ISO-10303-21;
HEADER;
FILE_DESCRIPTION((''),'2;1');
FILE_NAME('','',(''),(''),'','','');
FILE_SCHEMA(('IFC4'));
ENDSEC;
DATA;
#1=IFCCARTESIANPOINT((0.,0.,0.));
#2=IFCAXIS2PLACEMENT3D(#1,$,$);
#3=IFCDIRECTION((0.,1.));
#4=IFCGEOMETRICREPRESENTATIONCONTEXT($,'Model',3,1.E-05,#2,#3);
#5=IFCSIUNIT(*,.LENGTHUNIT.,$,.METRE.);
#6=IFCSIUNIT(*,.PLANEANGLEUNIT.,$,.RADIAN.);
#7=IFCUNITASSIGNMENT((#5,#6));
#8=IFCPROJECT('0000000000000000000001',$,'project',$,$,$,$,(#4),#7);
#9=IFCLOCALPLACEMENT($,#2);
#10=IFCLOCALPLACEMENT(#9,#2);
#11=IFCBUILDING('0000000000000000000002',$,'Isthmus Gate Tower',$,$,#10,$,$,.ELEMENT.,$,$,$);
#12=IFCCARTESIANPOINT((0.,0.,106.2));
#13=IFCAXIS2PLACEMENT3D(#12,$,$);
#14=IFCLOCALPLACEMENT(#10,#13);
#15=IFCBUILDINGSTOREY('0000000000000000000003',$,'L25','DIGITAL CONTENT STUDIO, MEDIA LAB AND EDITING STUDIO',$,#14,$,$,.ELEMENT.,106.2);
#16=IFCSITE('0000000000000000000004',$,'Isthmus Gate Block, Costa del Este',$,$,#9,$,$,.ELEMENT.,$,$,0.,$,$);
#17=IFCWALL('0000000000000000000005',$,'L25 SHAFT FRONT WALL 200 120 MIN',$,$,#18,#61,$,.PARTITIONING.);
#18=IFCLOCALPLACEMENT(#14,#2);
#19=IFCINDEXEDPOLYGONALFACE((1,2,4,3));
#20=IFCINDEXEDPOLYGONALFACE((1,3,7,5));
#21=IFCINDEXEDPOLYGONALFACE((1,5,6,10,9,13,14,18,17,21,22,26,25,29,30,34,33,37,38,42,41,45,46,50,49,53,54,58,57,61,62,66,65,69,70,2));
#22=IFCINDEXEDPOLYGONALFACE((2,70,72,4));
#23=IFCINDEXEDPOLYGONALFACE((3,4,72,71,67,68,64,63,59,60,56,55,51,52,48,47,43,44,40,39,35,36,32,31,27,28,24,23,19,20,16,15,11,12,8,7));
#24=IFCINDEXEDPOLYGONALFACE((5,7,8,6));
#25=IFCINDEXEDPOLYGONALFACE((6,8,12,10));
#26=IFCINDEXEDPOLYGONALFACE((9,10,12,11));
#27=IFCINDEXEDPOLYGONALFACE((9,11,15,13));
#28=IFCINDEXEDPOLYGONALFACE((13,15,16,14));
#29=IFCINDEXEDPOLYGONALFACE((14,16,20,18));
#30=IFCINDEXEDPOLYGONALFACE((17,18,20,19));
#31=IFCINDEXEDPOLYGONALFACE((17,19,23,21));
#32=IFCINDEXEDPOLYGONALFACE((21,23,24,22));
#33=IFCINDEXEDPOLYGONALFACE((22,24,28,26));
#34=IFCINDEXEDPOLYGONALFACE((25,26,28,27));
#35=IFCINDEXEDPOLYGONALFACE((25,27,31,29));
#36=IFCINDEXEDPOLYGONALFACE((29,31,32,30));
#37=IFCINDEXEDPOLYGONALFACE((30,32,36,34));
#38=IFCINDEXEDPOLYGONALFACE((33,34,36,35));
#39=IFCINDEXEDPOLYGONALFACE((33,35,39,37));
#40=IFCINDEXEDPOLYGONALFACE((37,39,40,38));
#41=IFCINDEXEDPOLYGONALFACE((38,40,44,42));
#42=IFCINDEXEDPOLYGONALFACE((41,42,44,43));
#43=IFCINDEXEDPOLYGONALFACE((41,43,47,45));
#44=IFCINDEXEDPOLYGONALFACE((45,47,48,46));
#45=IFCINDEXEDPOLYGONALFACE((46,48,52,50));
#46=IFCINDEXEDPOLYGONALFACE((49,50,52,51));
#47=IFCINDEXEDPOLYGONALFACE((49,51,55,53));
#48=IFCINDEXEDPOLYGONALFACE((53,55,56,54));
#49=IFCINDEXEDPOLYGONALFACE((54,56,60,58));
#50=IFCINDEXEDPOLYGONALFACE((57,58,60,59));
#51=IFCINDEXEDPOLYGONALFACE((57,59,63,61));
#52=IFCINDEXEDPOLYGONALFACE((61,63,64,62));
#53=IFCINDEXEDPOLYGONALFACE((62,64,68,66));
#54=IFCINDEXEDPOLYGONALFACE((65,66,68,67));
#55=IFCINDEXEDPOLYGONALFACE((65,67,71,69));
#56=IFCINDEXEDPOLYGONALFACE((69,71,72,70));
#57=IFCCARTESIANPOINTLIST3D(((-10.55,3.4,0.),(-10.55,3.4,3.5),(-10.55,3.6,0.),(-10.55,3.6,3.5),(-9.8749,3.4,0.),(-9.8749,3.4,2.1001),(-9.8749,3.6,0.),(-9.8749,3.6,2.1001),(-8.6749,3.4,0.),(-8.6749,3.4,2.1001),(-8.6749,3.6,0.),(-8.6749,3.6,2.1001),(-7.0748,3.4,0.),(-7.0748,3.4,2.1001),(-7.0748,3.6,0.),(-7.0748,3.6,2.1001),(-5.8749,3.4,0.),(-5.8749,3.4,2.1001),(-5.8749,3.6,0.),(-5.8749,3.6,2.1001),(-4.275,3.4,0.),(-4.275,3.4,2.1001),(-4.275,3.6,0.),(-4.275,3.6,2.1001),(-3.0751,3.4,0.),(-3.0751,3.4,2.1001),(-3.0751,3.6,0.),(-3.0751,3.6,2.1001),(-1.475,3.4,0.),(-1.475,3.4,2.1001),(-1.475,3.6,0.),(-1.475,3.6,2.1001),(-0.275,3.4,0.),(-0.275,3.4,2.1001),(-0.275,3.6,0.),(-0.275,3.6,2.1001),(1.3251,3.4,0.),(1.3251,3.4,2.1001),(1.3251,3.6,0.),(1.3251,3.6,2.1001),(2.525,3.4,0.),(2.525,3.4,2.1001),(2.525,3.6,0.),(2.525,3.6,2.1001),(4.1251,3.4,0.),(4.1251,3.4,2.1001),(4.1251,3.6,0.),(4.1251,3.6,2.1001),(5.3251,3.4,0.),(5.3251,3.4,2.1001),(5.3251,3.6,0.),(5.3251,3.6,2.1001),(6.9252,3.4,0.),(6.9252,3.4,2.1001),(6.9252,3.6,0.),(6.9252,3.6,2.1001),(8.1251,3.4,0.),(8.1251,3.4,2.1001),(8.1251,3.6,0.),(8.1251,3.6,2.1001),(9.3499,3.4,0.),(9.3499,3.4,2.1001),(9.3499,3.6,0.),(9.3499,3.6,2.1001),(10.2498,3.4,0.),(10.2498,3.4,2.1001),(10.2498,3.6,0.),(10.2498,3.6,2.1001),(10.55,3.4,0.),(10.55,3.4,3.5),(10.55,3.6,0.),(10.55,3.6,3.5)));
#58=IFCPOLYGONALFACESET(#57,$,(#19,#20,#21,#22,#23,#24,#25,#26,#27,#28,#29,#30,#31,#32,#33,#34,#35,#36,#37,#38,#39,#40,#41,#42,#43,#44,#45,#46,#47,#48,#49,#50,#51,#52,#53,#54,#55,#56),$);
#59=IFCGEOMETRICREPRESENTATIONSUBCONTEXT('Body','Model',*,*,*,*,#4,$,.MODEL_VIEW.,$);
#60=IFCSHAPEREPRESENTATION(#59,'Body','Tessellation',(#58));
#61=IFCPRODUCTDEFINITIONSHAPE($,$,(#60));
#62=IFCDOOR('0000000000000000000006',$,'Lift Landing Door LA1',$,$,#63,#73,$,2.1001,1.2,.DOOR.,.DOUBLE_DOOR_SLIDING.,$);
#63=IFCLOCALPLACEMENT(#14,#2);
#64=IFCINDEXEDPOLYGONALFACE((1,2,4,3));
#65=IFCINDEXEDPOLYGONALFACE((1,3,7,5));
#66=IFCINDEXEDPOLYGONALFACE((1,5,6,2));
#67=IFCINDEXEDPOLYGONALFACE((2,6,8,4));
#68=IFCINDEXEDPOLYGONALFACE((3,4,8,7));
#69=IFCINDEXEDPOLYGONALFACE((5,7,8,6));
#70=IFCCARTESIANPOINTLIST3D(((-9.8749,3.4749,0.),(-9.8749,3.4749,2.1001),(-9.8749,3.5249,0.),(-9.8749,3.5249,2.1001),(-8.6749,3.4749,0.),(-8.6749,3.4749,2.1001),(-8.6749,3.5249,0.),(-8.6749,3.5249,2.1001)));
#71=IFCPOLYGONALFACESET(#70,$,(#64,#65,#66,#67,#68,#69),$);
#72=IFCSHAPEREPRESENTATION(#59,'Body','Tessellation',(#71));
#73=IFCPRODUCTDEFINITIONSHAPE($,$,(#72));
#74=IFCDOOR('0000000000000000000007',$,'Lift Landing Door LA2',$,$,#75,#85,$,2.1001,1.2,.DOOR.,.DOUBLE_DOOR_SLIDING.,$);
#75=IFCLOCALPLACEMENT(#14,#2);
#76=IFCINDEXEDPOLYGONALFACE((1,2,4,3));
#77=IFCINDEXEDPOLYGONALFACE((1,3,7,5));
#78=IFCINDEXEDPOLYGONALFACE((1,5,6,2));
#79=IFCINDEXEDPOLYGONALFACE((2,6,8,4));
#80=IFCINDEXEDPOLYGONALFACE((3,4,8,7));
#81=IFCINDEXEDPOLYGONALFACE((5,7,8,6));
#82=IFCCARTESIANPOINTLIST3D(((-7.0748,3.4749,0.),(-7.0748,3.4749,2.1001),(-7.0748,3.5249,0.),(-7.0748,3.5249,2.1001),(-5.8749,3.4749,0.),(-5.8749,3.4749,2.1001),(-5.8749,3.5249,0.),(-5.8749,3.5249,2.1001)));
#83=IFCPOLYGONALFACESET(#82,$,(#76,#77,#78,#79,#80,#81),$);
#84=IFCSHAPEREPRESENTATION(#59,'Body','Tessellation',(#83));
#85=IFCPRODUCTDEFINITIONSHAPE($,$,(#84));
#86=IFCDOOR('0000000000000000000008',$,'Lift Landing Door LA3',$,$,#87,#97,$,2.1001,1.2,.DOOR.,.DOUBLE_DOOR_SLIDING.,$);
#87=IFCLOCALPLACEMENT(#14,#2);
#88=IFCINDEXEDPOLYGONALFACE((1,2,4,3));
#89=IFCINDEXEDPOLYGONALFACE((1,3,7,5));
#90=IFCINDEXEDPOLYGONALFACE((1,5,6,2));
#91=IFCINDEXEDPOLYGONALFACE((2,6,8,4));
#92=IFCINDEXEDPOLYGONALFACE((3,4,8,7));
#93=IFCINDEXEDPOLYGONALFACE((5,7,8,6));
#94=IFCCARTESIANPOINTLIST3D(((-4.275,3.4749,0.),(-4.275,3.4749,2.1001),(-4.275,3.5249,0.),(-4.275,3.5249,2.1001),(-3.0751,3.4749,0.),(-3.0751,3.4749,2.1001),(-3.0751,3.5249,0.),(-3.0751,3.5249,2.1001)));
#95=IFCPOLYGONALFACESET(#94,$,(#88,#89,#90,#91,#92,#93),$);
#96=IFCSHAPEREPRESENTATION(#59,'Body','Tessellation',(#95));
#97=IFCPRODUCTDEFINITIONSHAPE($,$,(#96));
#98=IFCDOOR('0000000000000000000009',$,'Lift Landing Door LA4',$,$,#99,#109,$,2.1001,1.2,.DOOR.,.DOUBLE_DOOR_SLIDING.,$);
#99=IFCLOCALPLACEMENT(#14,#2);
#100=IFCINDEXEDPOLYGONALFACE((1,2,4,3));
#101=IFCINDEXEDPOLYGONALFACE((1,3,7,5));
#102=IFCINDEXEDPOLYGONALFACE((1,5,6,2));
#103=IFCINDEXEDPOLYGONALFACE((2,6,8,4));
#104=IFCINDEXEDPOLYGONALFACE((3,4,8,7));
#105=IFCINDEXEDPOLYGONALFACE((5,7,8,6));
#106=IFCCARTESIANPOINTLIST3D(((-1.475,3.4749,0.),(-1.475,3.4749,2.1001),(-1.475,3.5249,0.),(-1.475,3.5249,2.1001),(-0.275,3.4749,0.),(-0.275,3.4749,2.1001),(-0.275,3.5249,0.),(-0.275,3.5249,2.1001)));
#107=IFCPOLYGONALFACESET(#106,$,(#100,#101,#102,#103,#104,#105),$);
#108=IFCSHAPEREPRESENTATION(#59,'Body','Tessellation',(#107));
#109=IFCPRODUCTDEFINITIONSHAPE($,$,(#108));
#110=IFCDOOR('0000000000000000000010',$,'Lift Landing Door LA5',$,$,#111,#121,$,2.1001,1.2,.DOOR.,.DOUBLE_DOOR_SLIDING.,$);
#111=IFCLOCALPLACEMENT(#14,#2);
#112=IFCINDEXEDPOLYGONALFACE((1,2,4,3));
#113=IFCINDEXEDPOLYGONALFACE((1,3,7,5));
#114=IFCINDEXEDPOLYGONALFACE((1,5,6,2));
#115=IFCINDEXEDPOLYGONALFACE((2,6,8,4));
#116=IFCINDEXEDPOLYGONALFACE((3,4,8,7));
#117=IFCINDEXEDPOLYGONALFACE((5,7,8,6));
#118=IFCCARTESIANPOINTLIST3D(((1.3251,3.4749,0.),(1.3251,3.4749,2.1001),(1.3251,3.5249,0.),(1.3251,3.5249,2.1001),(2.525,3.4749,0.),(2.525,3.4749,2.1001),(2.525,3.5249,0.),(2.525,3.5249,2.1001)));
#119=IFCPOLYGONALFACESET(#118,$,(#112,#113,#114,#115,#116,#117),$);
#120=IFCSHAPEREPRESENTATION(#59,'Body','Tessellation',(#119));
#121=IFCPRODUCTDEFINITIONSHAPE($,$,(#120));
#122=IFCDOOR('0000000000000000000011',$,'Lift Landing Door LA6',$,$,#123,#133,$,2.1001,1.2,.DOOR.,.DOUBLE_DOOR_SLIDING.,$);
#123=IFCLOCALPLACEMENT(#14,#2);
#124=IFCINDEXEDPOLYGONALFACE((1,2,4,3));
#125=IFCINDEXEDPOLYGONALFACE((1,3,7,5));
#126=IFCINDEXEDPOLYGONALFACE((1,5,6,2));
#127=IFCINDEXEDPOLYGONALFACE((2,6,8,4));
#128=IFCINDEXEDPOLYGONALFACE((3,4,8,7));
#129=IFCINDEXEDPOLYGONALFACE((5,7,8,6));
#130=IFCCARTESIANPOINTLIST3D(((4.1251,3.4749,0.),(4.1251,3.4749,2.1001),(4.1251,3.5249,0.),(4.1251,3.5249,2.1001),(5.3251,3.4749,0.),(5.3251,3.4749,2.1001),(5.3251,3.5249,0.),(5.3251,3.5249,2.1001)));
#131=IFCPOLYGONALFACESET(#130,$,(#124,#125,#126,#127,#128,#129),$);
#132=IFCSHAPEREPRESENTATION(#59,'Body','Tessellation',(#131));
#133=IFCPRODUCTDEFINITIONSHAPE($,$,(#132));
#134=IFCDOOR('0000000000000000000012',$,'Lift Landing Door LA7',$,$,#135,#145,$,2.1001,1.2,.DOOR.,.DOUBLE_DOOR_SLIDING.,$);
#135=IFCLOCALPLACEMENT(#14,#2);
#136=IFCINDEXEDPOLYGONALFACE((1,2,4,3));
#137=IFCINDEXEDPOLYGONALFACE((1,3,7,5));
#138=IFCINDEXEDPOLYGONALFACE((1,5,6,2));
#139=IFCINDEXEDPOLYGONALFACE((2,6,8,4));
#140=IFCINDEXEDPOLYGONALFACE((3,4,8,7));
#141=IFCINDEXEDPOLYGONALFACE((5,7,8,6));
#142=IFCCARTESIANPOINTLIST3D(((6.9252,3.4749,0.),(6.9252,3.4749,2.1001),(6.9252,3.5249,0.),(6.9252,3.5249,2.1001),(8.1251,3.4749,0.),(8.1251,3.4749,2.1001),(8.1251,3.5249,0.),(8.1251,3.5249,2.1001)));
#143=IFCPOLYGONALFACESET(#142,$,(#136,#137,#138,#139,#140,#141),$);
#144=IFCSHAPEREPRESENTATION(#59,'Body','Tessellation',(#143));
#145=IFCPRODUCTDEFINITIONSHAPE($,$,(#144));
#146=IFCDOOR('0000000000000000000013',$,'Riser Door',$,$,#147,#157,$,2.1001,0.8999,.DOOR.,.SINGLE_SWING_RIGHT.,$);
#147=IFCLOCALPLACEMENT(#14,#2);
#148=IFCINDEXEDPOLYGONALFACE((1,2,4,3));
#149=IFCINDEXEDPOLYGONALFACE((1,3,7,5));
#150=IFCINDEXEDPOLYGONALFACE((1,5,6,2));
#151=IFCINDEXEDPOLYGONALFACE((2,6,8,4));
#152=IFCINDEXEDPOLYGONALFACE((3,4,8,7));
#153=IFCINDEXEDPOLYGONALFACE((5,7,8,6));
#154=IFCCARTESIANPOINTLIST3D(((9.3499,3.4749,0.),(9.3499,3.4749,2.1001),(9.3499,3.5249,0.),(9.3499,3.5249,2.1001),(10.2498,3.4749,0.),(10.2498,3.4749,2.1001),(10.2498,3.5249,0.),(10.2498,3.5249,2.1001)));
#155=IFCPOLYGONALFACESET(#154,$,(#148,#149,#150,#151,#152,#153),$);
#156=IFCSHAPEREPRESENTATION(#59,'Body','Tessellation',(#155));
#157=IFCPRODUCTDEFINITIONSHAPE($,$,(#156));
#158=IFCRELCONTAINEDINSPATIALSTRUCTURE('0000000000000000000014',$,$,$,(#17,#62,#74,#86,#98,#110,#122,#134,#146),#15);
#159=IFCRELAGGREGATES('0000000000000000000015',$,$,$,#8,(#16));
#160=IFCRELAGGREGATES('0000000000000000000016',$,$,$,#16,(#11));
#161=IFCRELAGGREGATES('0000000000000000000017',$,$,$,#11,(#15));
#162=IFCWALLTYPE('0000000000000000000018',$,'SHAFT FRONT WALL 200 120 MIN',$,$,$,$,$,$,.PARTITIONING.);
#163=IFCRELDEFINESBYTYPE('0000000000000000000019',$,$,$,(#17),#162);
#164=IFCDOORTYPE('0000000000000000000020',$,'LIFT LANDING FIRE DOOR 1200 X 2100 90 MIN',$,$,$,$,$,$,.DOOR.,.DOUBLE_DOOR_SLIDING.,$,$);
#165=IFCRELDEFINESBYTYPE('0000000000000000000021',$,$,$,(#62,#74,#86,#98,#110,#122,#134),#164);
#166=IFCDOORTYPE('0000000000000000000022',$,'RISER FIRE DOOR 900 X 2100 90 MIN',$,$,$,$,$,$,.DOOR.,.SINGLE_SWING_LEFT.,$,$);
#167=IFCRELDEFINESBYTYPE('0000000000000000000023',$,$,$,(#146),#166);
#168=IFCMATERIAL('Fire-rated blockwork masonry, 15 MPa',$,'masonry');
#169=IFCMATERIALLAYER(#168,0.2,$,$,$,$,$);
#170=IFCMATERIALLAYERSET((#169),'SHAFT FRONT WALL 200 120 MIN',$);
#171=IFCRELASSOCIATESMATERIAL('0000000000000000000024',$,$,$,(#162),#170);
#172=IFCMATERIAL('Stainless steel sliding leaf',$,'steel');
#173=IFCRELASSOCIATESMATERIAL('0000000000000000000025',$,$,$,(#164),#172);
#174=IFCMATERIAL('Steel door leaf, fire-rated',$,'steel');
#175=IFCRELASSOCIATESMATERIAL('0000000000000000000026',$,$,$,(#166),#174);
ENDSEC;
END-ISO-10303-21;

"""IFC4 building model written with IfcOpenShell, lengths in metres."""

from ifc_helpers import new_model, si_unit, direction, frame, frame_2d, origin, place, context, subcontext, project, spatial, rectangle, extrude, material, layer, layer_set, type_object, element, fill, save


model = new_model("IFC4")

# Units and contexts
model_context = context("Model", 3, precision=1e-05, world=origin(), true_north=direction((0.0, 1.0)))
body_context = subcontext(model_context, "Body", "Model", "MODEL_VIEW")
ifc_project = project(units=[si_unit("LENGTHUNIT", "METRE"), si_unit("PLANEANGLEUNIT", "RADIAN")], contexts=[model_context])

# Site, building, storey
site_placement = place(None, origin())
site = spatial("IfcSite", under=ifc_project, at=site_placement, Name="Isthmus Gate Block, Costa del Este", CompositionType="ELEMENT", RefElevation=0.0)
building_placement = place(site_placement, origin())
building = spatial("IfcBuilding", under=site, at=building_placement, Name="Isthmus Gate Tower", CompositionType="ELEMENT")
storey_placement = place(building_placement, frame((0.0, 0.0, 106.2)))
storey = spatial("IfcBuildingStorey", under=building, at=storey_placement, Name="L25", Description="DIGITAL CONTENT STUDIO, MEDIA LAB AND EDITING STUDIO", CompositionType="ELEMENT", Elevation=106.2)

# Wall, openings, doors
ifc_material_1 = material(Name="Fire-rated blockwork masonry, 15 MPa", Category="masonry")
ifc_layer_1 = layer(ifc_material_1, 0.2)
ifc_layer_set_1 = layer_set([ifc_layer_1], Name="SHAFT FRONT WALL 200 120 MIN")
wall_type_1 = type_object("IfcWallType", Name="SHAFT FRONT WALL 200 120 MIN", PredefinedType="PARTITIONING", material=ifc_layer_set_1)
wall_1_placement = place(storey_placement, frame((-10.55, 3.5, 0.0), z_axis=(0.0, 0.0, 1.0), x_axis=(1.0, 0.0, 0.0)))
wall_1 = element("IfcWall", 1, at=wall_1_placement, inside=storey, type_object=wall_type_1, Name="L25 SHAFT FRONT WALL 200 120 MIN", PredefinedType="PARTITIONING", context=body_context, shape_type="SweptSolid", body=[
    extrude(rectangle(XDim=21.1001, YDim=0.2, at=frame_2d((10.55, 0.0))), origin(), (0.0, 0.0, 1.0), 3.5),
])
opening_1_placement = place(wall_1_placement, frame((0.675, 0.0, 0.0)))
opening_1 = element("IfcOpeningElement", 2, at=opening_1_placement, cuts=wall_1, PredefinedType="OPENING", context=body_context, shape_type="SweptSolid", body=[
    extrude(rectangle(XDim=1.2, YDim=2.1001, at=frame_2d((0.6001, 1.05))), frame((0.0, 0.1099, 0.0), z_axis=(0.0, -1.0, 0.0), x_axis=(1.0, 0.0, 0.0)), (0.0, 0.0, 1.0), 0.22),
])
opening_2_placement = place(wall_1_placement, frame((3.4751, 0.0, 0.0)))
opening_2 = element("IfcOpeningElement", 3, at=opening_2_placement, cuts=wall_1, PredefinedType="OPENING", context=body_context, shape_type="SweptSolid", body=[
    extrude(rectangle(XDim=1.2, YDim=2.1001, at=frame_2d((0.6001, 1.05))), frame((0.0, 0.1099, 0.0), z_axis=(0.0, -1.0, 0.0), x_axis=(1.0, 0.0, 0.0)), (0.0, 0.0, 1.0), 0.22),
])
opening_3_placement = place(wall_1_placement, frame((6.2749, 0.0, 0.0)))
opening_3 = element("IfcOpeningElement", 4, at=opening_3_placement, cuts=wall_1, PredefinedType="OPENING", context=body_context, shape_type="SweptSolid", body=[
    extrude(rectangle(XDim=1.2, YDim=2.1001, at=frame_2d((0.6001, 1.05))), frame((0.0, 0.1099, 0.0), z_axis=(0.0, -1.0, 0.0), x_axis=(1.0, 0.0, 0.0)), (0.0, 0.0, 1.0), 0.22),
])
opening_4_placement = place(wall_1_placement, frame((9.075, 0.0, 0.0)))
opening_4 = element("IfcOpeningElement", 5, at=opening_4_placement, cuts=wall_1, PredefinedType="OPENING", context=body_context, shape_type="SweptSolid", body=[
    extrude(rectangle(XDim=1.2, YDim=2.1001, at=frame_2d((0.6001, 1.05))), frame((0.0, 0.1099, 0.0), z_axis=(0.0, -1.0, 0.0), x_axis=(1.0, 0.0, 0.0)), (0.0, 0.0, 1.0), 0.22),
])
opening_5_placement = place(wall_1_placement, frame((11.875, 0.0, 0.0)))
opening_5 = element("IfcOpeningElement", 6, at=opening_5_placement, cuts=wall_1, PredefinedType="OPENING", context=body_context, shape_type="SweptSolid", body=[
    extrude(rectangle(XDim=1.2, YDim=2.1001, at=frame_2d((0.6001, 1.05))), frame((0.0, 0.1099, 0.0), z_axis=(0.0, -1.0, 0.0), x_axis=(1.0, 0.0, 0.0)), (0.0, 0.0, 1.0), 0.22),
])
opening_6_placement = place(wall_1_placement, frame((14.675, 0.0, 0.0)))
opening_6 = element("IfcOpeningElement", 7, at=opening_6_placement, cuts=wall_1, PredefinedType="OPENING", context=body_context, shape_type="SweptSolid", body=[
    extrude(rectangle(XDim=1.2, YDim=2.1001, at=frame_2d((0.6001, 1.05))), frame((0.0, 0.1099, 0.0), z_axis=(0.0, -1.0, 0.0), x_axis=(1.0, 0.0, 0.0)), (0.0, 0.0, 1.0), 0.22),
])
opening_7_placement = place(wall_1_placement, frame((17.4751, 0.0, 0.0)))
opening_7 = element("IfcOpeningElement", 8, at=opening_7_placement, cuts=wall_1, PredefinedType="OPENING", context=body_context, shape_type="SweptSolid", body=[
    extrude(rectangle(XDim=1.2, YDim=2.1001, at=frame_2d((0.6001, 1.05))), frame((0.0, 0.1099, 0.0), z_axis=(0.0, -1.0, 0.0), x_axis=(1.0, 0.0, 0.0)), (0.0, 0.0, 1.0), 0.22),
])
opening_8_placement = place(wall_1_placement, frame((19.8999, 0.0, 0.0)))
opening_8 = element("IfcOpeningElement", 9, at=opening_8_placement, cuts=wall_1, PredefinedType="OPENING", context=body_context, shape_type="SweptSolid", body=[
    extrude(rectangle(XDim=0.8999, YDim=2.1001, at=frame_2d((0.45, 1.05))), frame((0.0, 0.1099, 0.0), z_axis=(0.0, -1.0, 0.0), x_axis=(1.0, 0.0, 0.0)), (0.0, 0.0, 1.0), 0.22),
])
ifc_material_2 = material(Name="Stainless steel sliding leaf", Category="steel")
door_type_1 = type_object("IfcDoorType", Name="LIFT LANDING FIRE DOOR 1200 X 2100 90 MIN", OperationType="DOUBLE_DOOR_SLIDING", PredefinedType="DOOR", material=ifc_material_2)
door_1_placement = place(opening_1_placement, origin())
door_1 = element("IfcDoor", 10, at=door_1_placement, inside=storey, type_object=door_type_1, Name="Lift Landing Door LA1", OperationType="DOUBLE_DOOR_SLIDING", OverallHeight=2.1001, OverallWidth=1.2, PredefinedType="DOOR", context=body_context, shape_type="SweptSolid", body=[
    extrude(rectangle(XDim=1.2, YDim=2.1001, at=frame_2d((0.6001, 1.05))), frame((0.0, 0.0249, 0.0), z_axis=(0.0, -1.0, 0.0), x_axis=(1.0, 0.0, 0.0)), (0.0, 0.0, 1.0), 0.05),
])
fill(opening_1, door_1)
door_2_placement = place(opening_2_placement, origin())
door_2 = element("IfcDoor", 11, at=door_2_placement, inside=storey, type_object=door_type_1, Name="Lift Landing Door LA2", OperationType="DOUBLE_DOOR_SLIDING", OverallHeight=2.1001, OverallWidth=1.2, PredefinedType="DOOR", context=body_context, shape_type="SweptSolid", body=[
    extrude(rectangle(XDim=1.2, YDim=2.1001, at=frame_2d((0.6001, 1.05))), frame((0.0, 0.0249, 0.0), z_axis=(0.0, -1.0, 0.0), x_axis=(1.0, 0.0, 0.0)), (0.0, 0.0, 1.0), 0.05),
])
fill(opening_2, door_2)
door_3_placement = place(opening_3_placement, origin())
door_3 = element("IfcDoor", 12, at=door_3_placement, inside=storey, type_object=door_type_1, Name="Lift Landing Door LA3", OperationType="DOUBLE_DOOR_SLIDING", OverallHeight=2.1001, OverallWidth=1.2, PredefinedType="DOOR", context=body_context, shape_type="SweptSolid", body=[
    extrude(rectangle(XDim=1.2, YDim=2.1001, at=frame_2d((0.6001, 1.05))), frame((0.0, 0.0249, 0.0), z_axis=(0.0, -1.0, 0.0), x_axis=(1.0, 0.0, 0.0)), (0.0, 0.0, 1.0), 0.05),
])
fill(opening_3, door_3)
door_4_placement = place(opening_4_placement, origin())
door_4 = element("IfcDoor", 13, at=door_4_placement, inside=storey, type_object=door_type_1, Name="Lift Landing Door LA4", OperationType="DOUBLE_DOOR_SLIDING", OverallHeight=2.1001, OverallWidth=1.2, PredefinedType="DOOR", context=body_context, shape_type="SweptSolid", body=[
    extrude(rectangle(XDim=1.2, YDim=2.1001, at=frame_2d((0.6001, 1.05))), frame((0.0, 0.0249, 0.0), z_axis=(0.0, -1.0, 0.0), x_axis=(1.0, 0.0, 0.0)), (0.0, 0.0, 1.0), 0.05),
])
fill(opening_4, door_4)
door_5_placement = place(opening_5_placement, origin())
door_5 = element("IfcDoor", 14, at=door_5_placement, inside=storey, type_object=door_type_1, Name="Lift Landing Door LA5", OperationType="DOUBLE_DOOR_SLIDING", OverallHeight=2.1001, OverallWidth=1.2, PredefinedType="DOOR", context=body_context, shape_type="SweptSolid", body=[
    extrude(rectangle(XDim=1.2, YDim=2.1001, at=frame_2d((0.6001, 1.05))), frame((0.0, 0.0249, 0.0), z_axis=(0.0, -1.0, 0.0), x_axis=(1.0, 0.0, 0.0)), (0.0, 0.0, 1.0), 0.05),
])
fill(opening_5, door_5)
door_6_placement = place(opening_6_placement, origin())
door_6 = element("IfcDoor", 15, at=door_6_placement, inside=storey, type_object=door_type_1, Name="Lift Landing Door LA6", OperationType="DOUBLE_DOOR_SLIDING", OverallHeight=2.1001, OverallWidth=1.2, PredefinedType="DOOR", context=body_context, shape_type="SweptSolid", body=[
    extrude(rectangle(XDim=1.2, YDim=2.1001, at=frame_2d((0.6001, 1.05))), frame((0.0, 0.0249, 0.0), z_axis=(0.0, -1.0, 0.0), x_axis=(1.0, 0.0, 0.0)), (0.0, 0.0, 1.0), 0.05),
])
fill(opening_6, door_6)
door_7_placement = place(opening_7_placement, origin())
door_7 = element("IfcDoor", 16, at=door_7_placement, inside=storey, type_object=door_type_1, Name="Lift Landing Door LA7", OperationType="DOUBLE_DOOR_SLIDING", OverallHeight=2.1001, OverallWidth=1.2, PredefinedType="DOOR", context=body_context, shape_type="SweptSolid", body=[
    extrude(rectangle(XDim=1.2, YDim=2.1001, at=frame_2d((0.6001, 1.05))), frame((0.0, 0.0249, 0.0), z_axis=(0.0, -1.0, 0.0), x_axis=(1.0, 0.0, 0.0)), (0.0, 0.0, 1.0), 0.05),
])
fill(opening_7, door_7)
ifc_material_3 = material(Name="Steel door leaf, fire-rated", Category="steel")
door_type_2 = type_object("IfcDoorType", Name="RISER FIRE DOOR 900 X 2100 90 MIN", OperationType="SINGLE_SWING_LEFT", PredefinedType="DOOR", material=ifc_material_3)
door_8_placement = place(opening_8_placement, origin())
door_8 = element("IfcDoor", 17, at=door_8_placement, inside=storey, type_object=door_type_2, Name="Riser Door", OperationType="SINGLE_SWING_RIGHT", OverallHeight=2.1001, OverallWidth=0.8999, PredefinedType="DOOR", context=body_context, shape_type="SweptSolid", body=[
    extrude(rectangle(XDim=0.8999, YDim=2.1001, at=frame_2d((0.45, 1.05))), frame((0.0, 0.0249, 0.0), z_axis=(0.0, -1.0, 0.0), x_axis=(1.0, 0.0, 0.0)), (0.0, 0.0, 1.0), 0.05),
])
fill(opening_8, door_8)

save(model, "model.ifc")
